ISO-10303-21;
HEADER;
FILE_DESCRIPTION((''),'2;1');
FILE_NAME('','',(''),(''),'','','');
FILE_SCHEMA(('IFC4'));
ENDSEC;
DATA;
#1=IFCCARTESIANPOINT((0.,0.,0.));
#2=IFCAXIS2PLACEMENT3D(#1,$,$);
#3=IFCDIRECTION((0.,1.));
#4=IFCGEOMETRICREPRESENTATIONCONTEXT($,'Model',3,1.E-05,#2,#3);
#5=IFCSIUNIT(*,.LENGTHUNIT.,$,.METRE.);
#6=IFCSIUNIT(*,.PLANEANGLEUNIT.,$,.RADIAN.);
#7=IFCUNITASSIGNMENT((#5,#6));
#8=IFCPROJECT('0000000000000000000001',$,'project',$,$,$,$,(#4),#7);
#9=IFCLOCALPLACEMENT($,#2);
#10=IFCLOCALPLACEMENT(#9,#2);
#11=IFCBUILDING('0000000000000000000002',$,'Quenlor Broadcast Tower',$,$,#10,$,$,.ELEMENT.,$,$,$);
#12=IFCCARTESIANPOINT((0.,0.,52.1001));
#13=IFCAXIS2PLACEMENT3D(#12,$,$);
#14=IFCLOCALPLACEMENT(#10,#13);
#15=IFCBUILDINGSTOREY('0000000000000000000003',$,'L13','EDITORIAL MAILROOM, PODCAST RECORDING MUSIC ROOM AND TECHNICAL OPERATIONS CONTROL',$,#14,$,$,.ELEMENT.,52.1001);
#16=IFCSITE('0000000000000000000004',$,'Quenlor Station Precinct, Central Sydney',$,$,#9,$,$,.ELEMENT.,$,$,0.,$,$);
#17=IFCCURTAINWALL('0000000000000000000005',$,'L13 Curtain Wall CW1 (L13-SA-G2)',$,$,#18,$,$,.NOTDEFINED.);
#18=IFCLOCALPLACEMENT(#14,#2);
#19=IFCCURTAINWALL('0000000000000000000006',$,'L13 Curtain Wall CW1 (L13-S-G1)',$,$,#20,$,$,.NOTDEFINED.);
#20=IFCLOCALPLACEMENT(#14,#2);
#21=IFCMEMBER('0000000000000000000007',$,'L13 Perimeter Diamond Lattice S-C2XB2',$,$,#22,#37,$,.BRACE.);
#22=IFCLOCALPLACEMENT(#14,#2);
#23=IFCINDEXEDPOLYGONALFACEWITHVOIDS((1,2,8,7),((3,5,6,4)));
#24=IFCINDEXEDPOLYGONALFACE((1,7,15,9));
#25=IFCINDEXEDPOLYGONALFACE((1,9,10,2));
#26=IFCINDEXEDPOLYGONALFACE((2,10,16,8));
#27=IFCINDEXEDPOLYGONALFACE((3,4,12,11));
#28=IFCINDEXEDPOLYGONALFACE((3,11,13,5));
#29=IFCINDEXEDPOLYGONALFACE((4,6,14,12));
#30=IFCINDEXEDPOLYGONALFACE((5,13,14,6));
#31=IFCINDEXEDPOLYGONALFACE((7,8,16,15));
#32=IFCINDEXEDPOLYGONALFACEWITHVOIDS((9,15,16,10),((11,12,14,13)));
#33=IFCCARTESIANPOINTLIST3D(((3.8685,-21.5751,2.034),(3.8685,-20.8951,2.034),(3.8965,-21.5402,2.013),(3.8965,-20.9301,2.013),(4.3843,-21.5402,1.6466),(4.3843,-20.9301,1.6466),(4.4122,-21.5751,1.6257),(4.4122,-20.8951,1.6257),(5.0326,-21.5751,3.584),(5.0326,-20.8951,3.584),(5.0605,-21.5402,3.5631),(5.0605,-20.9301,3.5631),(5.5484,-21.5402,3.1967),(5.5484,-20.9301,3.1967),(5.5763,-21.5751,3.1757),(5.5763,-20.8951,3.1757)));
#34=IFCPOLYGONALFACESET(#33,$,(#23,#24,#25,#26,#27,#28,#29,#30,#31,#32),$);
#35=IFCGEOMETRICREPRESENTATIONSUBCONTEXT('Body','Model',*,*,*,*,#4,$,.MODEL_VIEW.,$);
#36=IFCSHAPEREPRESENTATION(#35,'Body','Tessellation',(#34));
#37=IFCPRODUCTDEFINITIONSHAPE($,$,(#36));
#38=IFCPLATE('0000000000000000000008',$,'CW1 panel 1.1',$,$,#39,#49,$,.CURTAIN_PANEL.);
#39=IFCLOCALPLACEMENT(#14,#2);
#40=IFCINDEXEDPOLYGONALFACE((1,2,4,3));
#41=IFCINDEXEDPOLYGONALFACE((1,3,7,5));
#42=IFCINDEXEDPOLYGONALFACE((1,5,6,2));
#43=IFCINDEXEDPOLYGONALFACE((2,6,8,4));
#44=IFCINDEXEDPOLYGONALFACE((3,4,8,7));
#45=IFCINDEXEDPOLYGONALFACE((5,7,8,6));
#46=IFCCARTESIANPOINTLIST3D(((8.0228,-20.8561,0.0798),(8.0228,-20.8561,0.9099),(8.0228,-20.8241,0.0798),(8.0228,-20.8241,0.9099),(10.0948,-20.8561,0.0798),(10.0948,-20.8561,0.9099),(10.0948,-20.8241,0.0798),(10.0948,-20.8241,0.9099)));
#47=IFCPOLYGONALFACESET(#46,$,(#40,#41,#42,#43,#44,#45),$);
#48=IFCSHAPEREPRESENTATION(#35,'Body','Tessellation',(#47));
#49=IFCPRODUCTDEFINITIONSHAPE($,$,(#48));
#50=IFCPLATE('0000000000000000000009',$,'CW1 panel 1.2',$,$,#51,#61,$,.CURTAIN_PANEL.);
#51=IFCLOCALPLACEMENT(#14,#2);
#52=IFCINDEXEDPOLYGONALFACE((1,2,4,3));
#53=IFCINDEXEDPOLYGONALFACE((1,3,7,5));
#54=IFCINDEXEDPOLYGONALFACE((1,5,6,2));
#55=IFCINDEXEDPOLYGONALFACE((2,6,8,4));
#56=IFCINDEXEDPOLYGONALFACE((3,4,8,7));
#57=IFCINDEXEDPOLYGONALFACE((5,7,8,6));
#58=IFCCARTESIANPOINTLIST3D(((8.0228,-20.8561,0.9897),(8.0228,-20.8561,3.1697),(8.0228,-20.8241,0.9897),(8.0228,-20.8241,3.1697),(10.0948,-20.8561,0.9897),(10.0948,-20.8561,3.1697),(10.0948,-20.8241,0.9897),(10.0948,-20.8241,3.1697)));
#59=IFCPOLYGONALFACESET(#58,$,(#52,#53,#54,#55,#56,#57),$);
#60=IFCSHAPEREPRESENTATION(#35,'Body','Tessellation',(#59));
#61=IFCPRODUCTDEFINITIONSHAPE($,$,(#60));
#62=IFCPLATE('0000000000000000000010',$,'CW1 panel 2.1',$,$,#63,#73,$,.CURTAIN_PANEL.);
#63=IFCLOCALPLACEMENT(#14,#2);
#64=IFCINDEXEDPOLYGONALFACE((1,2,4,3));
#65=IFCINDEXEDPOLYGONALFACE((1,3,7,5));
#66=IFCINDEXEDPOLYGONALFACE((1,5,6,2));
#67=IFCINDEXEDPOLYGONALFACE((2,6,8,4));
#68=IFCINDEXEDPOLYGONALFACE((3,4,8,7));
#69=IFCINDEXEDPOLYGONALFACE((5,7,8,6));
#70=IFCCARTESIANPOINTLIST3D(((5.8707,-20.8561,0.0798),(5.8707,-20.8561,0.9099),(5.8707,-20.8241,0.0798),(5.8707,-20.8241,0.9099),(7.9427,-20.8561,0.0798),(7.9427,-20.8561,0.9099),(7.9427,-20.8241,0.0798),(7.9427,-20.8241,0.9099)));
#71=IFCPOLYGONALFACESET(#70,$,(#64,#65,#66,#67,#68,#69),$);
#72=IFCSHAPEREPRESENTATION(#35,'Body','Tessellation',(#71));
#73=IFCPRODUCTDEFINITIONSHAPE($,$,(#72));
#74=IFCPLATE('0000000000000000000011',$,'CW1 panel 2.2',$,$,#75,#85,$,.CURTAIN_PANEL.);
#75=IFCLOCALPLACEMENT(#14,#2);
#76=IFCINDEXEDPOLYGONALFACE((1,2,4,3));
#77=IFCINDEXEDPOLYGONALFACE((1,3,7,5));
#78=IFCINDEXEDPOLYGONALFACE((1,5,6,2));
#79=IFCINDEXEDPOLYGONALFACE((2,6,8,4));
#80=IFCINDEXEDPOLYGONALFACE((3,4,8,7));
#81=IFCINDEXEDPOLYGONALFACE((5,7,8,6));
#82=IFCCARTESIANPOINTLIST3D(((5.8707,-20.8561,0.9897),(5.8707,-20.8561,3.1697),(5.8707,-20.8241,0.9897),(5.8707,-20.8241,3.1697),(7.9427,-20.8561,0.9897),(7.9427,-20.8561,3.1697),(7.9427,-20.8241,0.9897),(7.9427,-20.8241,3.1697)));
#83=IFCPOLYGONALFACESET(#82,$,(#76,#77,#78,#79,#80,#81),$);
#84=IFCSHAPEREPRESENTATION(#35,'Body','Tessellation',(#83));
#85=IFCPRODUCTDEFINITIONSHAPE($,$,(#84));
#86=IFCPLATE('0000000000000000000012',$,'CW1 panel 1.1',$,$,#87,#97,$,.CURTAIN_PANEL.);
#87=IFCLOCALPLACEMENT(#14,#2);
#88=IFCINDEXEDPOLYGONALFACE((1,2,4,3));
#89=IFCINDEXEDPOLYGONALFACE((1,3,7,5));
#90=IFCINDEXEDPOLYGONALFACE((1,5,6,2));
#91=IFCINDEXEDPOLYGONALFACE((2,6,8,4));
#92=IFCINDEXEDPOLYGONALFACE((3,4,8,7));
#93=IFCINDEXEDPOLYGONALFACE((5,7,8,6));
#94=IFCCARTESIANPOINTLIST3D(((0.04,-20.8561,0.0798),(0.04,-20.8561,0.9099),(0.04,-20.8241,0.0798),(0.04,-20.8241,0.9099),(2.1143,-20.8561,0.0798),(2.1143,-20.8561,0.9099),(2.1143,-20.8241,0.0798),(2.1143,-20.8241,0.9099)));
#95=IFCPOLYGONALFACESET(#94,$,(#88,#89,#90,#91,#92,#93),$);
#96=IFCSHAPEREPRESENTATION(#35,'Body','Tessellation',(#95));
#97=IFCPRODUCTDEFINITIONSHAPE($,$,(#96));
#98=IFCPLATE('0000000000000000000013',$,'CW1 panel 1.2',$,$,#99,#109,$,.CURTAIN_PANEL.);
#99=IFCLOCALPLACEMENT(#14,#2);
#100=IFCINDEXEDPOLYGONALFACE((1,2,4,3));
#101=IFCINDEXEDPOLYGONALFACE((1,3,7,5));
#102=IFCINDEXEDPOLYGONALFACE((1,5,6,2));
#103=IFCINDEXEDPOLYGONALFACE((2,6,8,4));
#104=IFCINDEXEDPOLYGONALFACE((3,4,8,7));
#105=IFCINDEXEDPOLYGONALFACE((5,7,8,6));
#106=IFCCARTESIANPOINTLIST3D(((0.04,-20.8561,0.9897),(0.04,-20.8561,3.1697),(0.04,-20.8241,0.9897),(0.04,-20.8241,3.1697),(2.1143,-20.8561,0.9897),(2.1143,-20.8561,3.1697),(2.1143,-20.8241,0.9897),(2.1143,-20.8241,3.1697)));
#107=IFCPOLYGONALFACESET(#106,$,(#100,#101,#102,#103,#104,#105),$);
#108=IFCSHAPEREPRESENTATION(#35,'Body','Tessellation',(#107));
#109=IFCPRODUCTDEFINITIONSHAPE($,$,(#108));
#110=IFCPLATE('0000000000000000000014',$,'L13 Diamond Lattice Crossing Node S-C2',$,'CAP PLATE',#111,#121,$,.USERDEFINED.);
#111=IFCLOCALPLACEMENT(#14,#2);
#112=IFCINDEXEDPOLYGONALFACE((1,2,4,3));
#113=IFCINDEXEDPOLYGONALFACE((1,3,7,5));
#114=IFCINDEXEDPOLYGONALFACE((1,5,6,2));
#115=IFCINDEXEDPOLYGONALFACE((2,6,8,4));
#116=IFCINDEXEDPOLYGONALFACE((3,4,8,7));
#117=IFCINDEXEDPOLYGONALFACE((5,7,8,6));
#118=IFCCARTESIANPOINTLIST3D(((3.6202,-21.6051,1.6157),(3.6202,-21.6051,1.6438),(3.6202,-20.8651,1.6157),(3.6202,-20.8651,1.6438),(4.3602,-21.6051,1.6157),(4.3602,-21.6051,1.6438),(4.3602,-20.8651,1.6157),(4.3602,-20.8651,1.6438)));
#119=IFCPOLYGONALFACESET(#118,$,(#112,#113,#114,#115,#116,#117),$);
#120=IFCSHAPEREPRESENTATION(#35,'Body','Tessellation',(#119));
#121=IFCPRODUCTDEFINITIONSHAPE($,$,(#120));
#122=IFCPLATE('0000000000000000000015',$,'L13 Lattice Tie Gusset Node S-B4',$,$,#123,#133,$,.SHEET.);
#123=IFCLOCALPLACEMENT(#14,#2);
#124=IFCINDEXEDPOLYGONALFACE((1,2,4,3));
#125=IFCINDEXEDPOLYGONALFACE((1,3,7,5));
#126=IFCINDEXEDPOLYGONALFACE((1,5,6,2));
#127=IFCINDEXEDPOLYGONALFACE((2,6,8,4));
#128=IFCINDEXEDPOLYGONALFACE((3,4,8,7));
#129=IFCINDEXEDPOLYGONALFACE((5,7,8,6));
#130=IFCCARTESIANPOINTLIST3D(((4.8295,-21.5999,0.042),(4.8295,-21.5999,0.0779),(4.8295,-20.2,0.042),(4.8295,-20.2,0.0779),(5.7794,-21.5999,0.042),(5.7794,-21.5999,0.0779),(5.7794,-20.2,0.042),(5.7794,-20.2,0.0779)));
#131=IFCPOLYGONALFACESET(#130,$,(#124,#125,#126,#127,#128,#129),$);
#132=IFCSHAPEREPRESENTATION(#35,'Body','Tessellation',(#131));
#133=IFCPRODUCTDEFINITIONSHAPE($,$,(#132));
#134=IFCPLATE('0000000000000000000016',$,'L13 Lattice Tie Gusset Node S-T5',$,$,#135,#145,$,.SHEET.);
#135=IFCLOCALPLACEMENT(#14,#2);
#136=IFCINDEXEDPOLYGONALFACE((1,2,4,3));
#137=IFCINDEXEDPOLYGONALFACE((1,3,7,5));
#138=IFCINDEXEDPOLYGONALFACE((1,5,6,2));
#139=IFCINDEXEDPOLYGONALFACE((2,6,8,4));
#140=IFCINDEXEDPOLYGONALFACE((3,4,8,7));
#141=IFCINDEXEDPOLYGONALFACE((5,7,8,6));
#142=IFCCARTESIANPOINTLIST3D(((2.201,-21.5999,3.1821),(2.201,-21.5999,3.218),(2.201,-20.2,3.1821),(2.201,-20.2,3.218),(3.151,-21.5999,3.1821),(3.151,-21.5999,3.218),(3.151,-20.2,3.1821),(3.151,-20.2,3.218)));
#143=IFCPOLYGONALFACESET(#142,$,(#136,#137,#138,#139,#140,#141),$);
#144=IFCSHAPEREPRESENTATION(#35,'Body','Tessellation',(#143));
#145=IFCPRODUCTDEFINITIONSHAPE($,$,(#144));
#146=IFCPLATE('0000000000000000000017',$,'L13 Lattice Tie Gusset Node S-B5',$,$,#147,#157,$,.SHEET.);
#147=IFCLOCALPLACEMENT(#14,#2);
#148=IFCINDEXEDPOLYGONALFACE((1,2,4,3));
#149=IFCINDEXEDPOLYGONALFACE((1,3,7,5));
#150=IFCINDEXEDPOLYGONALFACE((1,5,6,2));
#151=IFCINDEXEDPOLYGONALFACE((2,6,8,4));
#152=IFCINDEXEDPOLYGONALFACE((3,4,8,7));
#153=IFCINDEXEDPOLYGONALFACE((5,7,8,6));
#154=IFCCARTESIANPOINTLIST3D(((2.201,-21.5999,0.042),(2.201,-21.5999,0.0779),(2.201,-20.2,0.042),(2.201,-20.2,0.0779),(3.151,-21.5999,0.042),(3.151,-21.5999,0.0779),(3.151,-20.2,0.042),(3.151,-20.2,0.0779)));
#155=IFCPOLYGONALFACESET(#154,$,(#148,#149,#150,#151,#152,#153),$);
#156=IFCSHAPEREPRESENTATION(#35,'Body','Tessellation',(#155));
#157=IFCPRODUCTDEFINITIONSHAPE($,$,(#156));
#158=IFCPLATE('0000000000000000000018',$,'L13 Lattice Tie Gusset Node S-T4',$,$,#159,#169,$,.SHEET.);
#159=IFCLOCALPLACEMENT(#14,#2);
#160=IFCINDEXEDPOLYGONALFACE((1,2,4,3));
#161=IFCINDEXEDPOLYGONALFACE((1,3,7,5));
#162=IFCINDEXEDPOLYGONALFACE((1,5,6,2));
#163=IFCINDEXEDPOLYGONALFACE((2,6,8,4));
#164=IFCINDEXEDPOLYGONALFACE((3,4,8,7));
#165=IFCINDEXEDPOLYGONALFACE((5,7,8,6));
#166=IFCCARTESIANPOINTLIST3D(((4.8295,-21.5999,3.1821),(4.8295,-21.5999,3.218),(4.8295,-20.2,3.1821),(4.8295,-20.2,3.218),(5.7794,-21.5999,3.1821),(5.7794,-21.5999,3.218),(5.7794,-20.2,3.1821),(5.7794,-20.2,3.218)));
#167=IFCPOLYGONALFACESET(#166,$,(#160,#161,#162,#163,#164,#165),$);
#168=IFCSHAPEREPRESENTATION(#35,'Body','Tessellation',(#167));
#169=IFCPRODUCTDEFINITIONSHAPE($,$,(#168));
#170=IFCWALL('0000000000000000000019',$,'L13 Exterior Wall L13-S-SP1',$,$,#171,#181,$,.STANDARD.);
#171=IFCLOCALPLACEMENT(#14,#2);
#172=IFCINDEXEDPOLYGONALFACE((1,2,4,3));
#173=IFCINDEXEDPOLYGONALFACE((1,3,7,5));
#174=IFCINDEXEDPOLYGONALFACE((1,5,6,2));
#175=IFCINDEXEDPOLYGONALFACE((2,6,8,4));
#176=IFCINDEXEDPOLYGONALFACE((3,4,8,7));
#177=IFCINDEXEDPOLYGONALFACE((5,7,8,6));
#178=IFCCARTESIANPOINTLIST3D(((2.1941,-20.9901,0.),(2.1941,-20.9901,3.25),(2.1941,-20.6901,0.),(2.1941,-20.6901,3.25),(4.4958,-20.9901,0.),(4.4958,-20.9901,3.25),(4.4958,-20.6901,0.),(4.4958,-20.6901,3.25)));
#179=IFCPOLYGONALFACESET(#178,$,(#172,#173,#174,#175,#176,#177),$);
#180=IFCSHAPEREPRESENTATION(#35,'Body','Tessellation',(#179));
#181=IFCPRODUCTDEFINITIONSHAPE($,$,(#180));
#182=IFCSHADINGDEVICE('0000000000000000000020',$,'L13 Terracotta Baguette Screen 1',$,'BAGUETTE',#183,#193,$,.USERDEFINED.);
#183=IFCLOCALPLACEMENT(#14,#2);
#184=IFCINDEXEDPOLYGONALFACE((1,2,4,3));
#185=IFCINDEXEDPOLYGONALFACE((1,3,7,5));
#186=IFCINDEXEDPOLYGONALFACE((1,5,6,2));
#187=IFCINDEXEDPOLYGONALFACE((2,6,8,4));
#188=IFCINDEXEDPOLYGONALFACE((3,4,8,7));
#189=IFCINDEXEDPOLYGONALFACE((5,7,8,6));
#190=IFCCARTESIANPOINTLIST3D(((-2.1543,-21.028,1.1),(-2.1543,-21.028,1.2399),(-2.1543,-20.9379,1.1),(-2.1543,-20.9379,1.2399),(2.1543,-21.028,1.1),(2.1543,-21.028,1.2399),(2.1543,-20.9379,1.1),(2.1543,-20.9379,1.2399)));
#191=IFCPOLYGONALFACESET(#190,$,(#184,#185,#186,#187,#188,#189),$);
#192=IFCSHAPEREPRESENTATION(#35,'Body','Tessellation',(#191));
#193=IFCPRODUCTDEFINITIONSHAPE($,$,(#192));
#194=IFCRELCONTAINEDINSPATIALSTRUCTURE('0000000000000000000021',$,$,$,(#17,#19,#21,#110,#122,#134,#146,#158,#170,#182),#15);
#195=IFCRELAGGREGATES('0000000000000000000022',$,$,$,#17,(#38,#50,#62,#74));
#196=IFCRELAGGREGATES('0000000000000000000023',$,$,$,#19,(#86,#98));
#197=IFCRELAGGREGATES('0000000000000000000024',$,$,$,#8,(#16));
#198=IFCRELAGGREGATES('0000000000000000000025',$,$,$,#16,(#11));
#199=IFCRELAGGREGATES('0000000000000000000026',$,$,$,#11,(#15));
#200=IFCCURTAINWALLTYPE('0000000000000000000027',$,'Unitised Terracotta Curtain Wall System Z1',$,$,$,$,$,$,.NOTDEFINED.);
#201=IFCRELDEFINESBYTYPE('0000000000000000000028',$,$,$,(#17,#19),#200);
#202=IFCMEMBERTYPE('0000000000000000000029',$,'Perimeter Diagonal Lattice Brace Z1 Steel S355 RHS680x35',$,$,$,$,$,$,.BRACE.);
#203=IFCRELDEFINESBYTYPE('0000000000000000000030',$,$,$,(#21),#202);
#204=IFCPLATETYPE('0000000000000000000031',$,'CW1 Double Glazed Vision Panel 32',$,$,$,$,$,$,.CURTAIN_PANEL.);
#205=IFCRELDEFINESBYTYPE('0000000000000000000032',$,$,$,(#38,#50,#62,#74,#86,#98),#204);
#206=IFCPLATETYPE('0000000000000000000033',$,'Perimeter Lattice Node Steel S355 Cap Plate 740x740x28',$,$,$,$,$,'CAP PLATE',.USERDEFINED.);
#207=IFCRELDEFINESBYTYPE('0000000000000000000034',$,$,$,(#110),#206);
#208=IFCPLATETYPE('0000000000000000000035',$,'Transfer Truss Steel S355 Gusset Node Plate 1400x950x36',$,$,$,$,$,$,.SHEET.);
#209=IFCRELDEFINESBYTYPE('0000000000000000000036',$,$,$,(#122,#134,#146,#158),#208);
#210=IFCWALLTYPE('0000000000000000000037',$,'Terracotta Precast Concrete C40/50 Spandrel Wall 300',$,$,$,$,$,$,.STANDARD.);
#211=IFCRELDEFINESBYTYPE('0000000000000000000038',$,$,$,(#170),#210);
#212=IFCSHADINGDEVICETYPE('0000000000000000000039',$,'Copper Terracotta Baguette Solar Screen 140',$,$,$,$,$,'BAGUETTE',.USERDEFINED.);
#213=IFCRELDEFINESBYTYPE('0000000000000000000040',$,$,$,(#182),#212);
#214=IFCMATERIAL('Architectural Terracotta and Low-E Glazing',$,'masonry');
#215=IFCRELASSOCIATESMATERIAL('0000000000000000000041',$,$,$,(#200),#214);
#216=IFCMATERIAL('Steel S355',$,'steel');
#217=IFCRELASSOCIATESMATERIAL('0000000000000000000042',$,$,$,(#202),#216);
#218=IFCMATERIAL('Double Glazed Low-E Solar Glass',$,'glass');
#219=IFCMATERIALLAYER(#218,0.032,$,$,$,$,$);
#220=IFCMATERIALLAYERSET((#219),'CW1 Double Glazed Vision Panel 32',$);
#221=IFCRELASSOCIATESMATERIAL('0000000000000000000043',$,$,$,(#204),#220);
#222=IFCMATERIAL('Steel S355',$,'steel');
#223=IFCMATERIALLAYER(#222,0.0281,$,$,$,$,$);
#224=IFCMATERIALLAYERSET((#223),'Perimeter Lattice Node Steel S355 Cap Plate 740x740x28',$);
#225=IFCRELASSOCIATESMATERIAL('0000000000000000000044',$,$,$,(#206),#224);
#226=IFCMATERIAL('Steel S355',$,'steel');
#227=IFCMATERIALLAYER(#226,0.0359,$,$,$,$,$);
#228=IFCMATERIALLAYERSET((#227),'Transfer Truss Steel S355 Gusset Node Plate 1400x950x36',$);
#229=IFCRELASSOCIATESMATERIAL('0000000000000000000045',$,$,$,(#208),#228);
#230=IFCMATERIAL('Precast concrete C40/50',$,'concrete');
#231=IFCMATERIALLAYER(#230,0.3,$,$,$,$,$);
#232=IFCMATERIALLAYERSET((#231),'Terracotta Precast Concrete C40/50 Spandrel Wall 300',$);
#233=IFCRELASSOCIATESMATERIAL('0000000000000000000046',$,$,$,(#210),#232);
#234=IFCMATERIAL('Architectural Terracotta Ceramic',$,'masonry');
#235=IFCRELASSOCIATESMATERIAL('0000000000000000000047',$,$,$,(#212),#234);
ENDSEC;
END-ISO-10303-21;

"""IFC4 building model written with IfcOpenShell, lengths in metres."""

from ifc_helpers import new_model, si_unit, direction, frame, frame_2d, origin, origin_2d, place, context, subcontext, project, spatial, rectangle, hollow_rectangle, extrude, material, layer, layer_set, material_profile, profile_set, type_object, element, aggregate, save


model = new_model("IFC4")

# Units and contexts
model_context = context("Model", 3, precision=1e-05, world=origin(), true_north=direction((0.0, 1.0)))
body_context = subcontext(model_context, "Body", "Model", "MODEL_VIEW")
ifc_project = project(units=[si_unit("LENGTHUNIT", "METRE"), si_unit("PLANEANGLEUNIT", "RADIAN")], contexts=[model_context])

# Site, building, storey
site_placement = place(None, origin())
site = spatial("IfcSite", under=ifc_project, at=site_placement, Name="Quenlor Station Precinct, Central Sydney", CompositionType="ELEMENT", RefElevation=0.0)
building_placement = place(site_placement, origin())
building = spatial("IfcBuilding", under=site, at=building_placement, Name="Quenlor Broadcast Tower", CompositionType="ELEMENT")
storey_placement = place(building_placement, frame((0.0, 0.0, 52.1001)))
storey = spatial("IfcBuildingStorey", under=building, at=storey_placement, Name="L13", Description="EDITORIAL MAILROOM, PODCAST RECORDING MUSIC ROOM AND TECHNICAL OPERATIONS CONTROL", CompositionType="ELEMENT", Elevation=52.1001)

# Curtain wall
ifc_material_1 = material(Name="Architectural Terracotta and Low-E Glazing", Category="masonry")
curtain_wall_type = type_object("IfcCurtainWallType", Name="Unitised Terracotta Curtain Wall System Z1", PredefinedType="NOTDEFINED", material=ifc_material_1)
curtain_wall_1_placement = place(storey_placement, origin())
curtain_wall_1 = element("IfcCurtainWall", 1, at=curtain_wall_1_placement, inside=storey, type_object=curtain_wall_type, Name="L13 Curtain Wall CW1 (L13-SA-G2)", PredefinedType="NOTDEFINED")

# Curtain wall
curtain_wall_2_placement = place(storey_placement, origin())
curtain_wall_2 = element("IfcCurtainWall", 2, at=curtain_wall_2_placement, inside=storey, type_object=curtain_wall_type, Name="L13 Curtain Wall CW1 (L13-S-G1)", PredefinedType="NOTDEFINED")

# Member
ifc_material_2 = material(Name="Steel S355", Category="steel")
ifc_material_profile_1 = material_profile(ifc_material_2, hollow_rectangle(XDim=0.6799, YDim=0.6799, WallThickness=0.0349, at=origin_2d()))
ifc_profile_set_1 = profile_set([ifc_material_profile_1], Name="Steel S355 RHS680x680x35")
member_type_1 = type_object("IfcMemberType", Name="Perimeter Diagonal Lattice Brace Z1 Steel S355 RHS680x35", PredefinedType="BRACE", material=ifc_profile_set_1)
for number, where, z_axis, x_axis, name in (
    (3, (4.1404, -21.2351, 1.8298), (0.600504, 0.0, 0.799622), (0.0, 1.0, 0.0), "L13 Perimeter Diamond Lattice S-C2XB2"),
):
    element("IfcMember", number, at=place(storey_placement, frame(where, z_axis=z_axis, x_axis=x_axis)), inside=storey, type_object=member_type_1, Name=name, PredefinedType="BRACE", context=body_context, shape_type="SweptSolid", body=[
        extrude(hollow_rectangle(XDim=0.6799, YDim=0.6799, WallThickness=0.0349, at=origin_2d()), origin(), (0.0, 0.0, 1.0), 1.9385),
    ])

# Plates
ifc_material_3 = material(Name="Double Glazed Low-E Solar Glass", Category="glass")
ifc_layer_1 = layer(ifc_material_3, 0.032)
ifc_layer_set_1 = layer_set([ifc_layer_1], Name="CW1 Double Glazed Vision Panel 32")
plate_type_1 = type_object("IfcPlateType", Name="CW1 Double Glazed Vision Panel 32", PredefinedType="CURTAIN_PANEL", material=ifc_layer_set_1)
plate_1_placement = place(storey_placement, frame((9.0588, -20.8401, 0.0798), z_axis=(0.0, 0.0, 1.0), x_axis=(-1.0, 0.0, 0.0)))
plate_1 = element("IfcPlate", 4, at=plate_1_placement, type_object=plate_type_1, Name="CW1 panel 1.1", PredefinedType="CURTAIN_PANEL", context=body_context, shape_type="SweptSolid", body=[
    extrude(rectangle(XDim=2.072, YDim=0.032, at=origin_2d()), origin(), (0.0, 0.0, 1.0), 0.8301),
])
plate_2_placement = place(storey_placement, frame((9.0588, -20.8401, 0.9897), z_axis=(0.0, 0.0, 1.0), x_axis=(-1.0, 0.0, 0.0)))
plate_2 = element("IfcPlate", 5, at=plate_2_placement, type_object=plate_type_1, Name="CW1 panel 1.2", PredefinedType="CURTAIN_PANEL", context=body_context, shape_type="SweptSolid", body=[
    extrude(rectangle(XDim=2.072, YDim=0.032, at=origin_2d()), origin(), (0.0, 0.0, 1.0), 2.1799),
])
plate_3_placement = place(storey_placement, frame((6.9067, -20.8401, 0.0798), z_axis=(0.0, 0.0, 1.0), x_axis=(-1.0, 0.0, 0.0)))
plate_3 = element("IfcPlate", 6, at=plate_3_placement, type_object=plate_type_1, Name="CW1 panel 2.1", PredefinedType="CURTAIN_PANEL", context=body_context, shape_type="SweptSolid", body=[
    extrude(rectangle(XDim=2.072, YDim=0.032, at=origin_2d()), origin(), (0.0, 0.0, 1.0), 0.8301),
])
plate_4_placement = place(storey_placement, frame((6.9067, -20.8401, 0.9897), z_axis=(0.0, 0.0, 1.0), x_axis=(-1.0, 0.0, 0.0)))
plate_4 = element("IfcPlate", 7, at=plate_4_placement, type_object=plate_type_1, Name="CW1 panel 2.2", PredefinedType="CURTAIN_PANEL", context=body_context, shape_type="SweptSolid", body=[
    extrude(rectangle(XDim=2.072, YDim=0.032, at=origin_2d()), origin(), (0.0, 0.0, 1.0), 2.1799),
])
aggregate(curtain_wall_1, [plate_1, plate_2, plate_3, plate_4])
plate_5_placement = place(storey_placement, frame((1.0771, -20.8401, 0.0798), z_axis=(0.0, 0.0, 1.0), x_axis=(-1.0, 0.0, 0.0)))
plate_5 = element("IfcPlate", 8, at=plate_5_placement, type_object=plate_type_1, Name="CW1 panel 1.1", PredefinedType="CURTAIN_PANEL", context=body_context, shape_type="SweptSolid", body=[
    extrude(rectangle(XDim=2.0742, YDim=0.032, at=origin_2d()), origin(), (0.0, 0.0, 1.0), 0.8301),
])
plate_6_placement = place(storey_placement, frame((1.0771, -20.8401, 0.9897), z_axis=(0.0, 0.0, 1.0), x_axis=(-1.0, 0.0, 0.0)))
plate_6 = element("IfcPlate", 9, at=plate_6_placement, type_object=plate_type_1, Name="CW1 panel 1.2", PredefinedType="CURTAIN_PANEL", context=body_context, shape_type="SweptSolid", body=[
    extrude(rectangle(XDim=2.0742, YDim=0.032, at=origin_2d()), origin(), (0.0, 0.0, 1.0), 2.1799),
])
aggregate(curtain_wall_2, [plate_5, plate_6])

# Plates
ifc_material_4 = material(Name="Steel S355", Category="steel")
ifc_layer_2 = layer(ifc_material_4, 0.0281)
ifc_layer_set_2 = layer_set([ifc_layer_2], Name="Perimeter Lattice Node Steel S355 Cap Plate 740x740x28")
plate_type_2 = type_object("IfcPlateType", Name="Perimeter Lattice Node Steel S355 Cap Plate 740x740x28", ElementType="CAP PLATE", PredefinedType="USERDEFINED", material=ifc_layer_set_2)
plate_7_placement = place(storey_placement, frame((3.9902, -21.2351, 1.6157), z_axis=(0.0, 0.0, 1.0), x_axis=(-1.0, 0.0, 0.0)))
element("IfcPlate", 10, at=plate_7_placement, inside=storey, type_object=plate_type_2, Name="L13 Diamond Lattice Crossing Node S-C2", ObjectType="CAP PLATE", PredefinedType="USERDEFINED", context=body_context, shape_type="SweptSolid", body=[
    extrude(rectangle(XDim=0.74, YDim=0.74, at=origin_2d()), origin(), (0.0, 0.0, 1.0), 0.0281),
])
ifc_material_5 = material(Name="Steel S355", Category="steel")
ifc_layer_3 = layer(ifc_material_5, 0.0359)
ifc_layer_set_3 = layer_set([ifc_layer_3], Name="Transfer Truss Steel S355 Gusset Node Plate 1400x950x36")
plate_type_3 = type_object("IfcPlateType", Name="Transfer Truss Steel S355 Gusset Node Plate 1400x950x36", PredefinedType="SHEET", material=ifc_layer_set_3)
for number, where, z_axis, x_axis, name in (
    (11, (5.3044, -20.8999, 0.042), (0.0, 0.0, 1.0), (0.0, -1.0, 0.0), "L13 Lattice Tie Gusset Node S-B4"),
    (12, (2.676, -20.8999, 3.1821), (0.0, 0.0, 1.0), (0.0, -1.0, 0.0), "L13 Lattice Tie Gusset Node S-T5"),
    (13, (2.676, -20.8999, 0.042), (0.0, 0.0, 1.0), (0.0, -1.0, 0.0), "L13 Lattice Tie Gusset Node S-B5"),
    (14, (5.3044, -20.8999, 3.1821), (0.0, 0.0, 1.0), (0.0, -1.0, 0.0), "L13 Lattice Tie Gusset Node S-T4"),
):
    element("IfcPlate", number, at=place(storey_placement, frame(where, z_axis=z_axis, x_axis=x_axis)), inside=storey, type_object=plate_type_3, Name=name, PredefinedType="SHEET", context=body_context, shape_type="SweptSolid", body=[
        extrude(rectangle(XDim=1.3999, YDim=0.95, at=origin_2d()), origin(), (0.0, 0.0, 1.0), 0.0359),
    ])

# Wall
ifc_material_6 = material(Name="Precast concrete C40/50", Category="concrete")
ifc_layer_4 = layer(ifc_material_6, 0.3)
ifc_layer_set_4 = layer_set([ifc_layer_4], Name="Terracotta Precast Concrete C40/50 Spandrel Wall 300")
wall_type = type_object("IfcWallType", Name="Terracotta Precast Concrete C40/50 Spandrel Wall 300", PredefinedType="STANDARD", material=ifc_layer_set_4)
wall_placement = place(storey_placement, frame((4.4958, -20.8401, 0.0), z_axis=(0.0, 0.0, 1.0), x_axis=(-1.0, 0.0, 0.0)))
element("IfcWall", 15, at=wall_placement, inside=storey, type_object=wall_type, Name="L13 Exterior Wall L13-S-SP1", PredefinedType="STANDARD", context=body_context, shape_type="SweptSolid", body=[
    extrude(rectangle(XDim=2.3018, YDim=0.3, at=frame_2d((1.1509, 0.0))), origin(), (0.0, 0.0, 1.0), 3.25),
])

# Shading device
ifc_material_7 = material(Name="Architectural Terracotta Ceramic", Category="masonry")
ifc_material_profile_2 = material_profile(ifc_material_7, rectangle(XDim=0.0901, YDim=0.1399, at=origin_2d()))
ifc_profile_set_2 = profile_set([ifc_material_profile_2], Name="Architectural Terracotta Ceramic BAG90x140")
shading_device_type = type_object("IfcShadingDeviceType", Name="Copper Terracotta Baguette Solar Screen 140", ElementType="BAGUETTE", PredefinedType="USERDEFINED", material=ifc_profile_set_2)
for number, where, z_axis, x_axis, name in (
    (16, (2.1543, -20.9829, 1.1699), (-1.0, 0.0, 0.0), (0.0, -1.0, 0.0), "L13 Terracotta Baguette Screen 1"),
):
    element("IfcShadingDevice", number, at=place(storey_placement, frame(where, z_axis=z_axis, x_axis=x_axis)), inside=storey, type_object=shading_device_type, Name=name, ObjectType="BAGUETTE", PredefinedType="USERDEFINED", context=body_context, shape_type="SweptSolid", body=[
        extrude(rectangle(XDim=0.0901, YDim=0.1399, at=origin_2d()), origin(), (0.0, 0.0, 1.0), 4.3086),
    ])

save(model, "model.ifc")
